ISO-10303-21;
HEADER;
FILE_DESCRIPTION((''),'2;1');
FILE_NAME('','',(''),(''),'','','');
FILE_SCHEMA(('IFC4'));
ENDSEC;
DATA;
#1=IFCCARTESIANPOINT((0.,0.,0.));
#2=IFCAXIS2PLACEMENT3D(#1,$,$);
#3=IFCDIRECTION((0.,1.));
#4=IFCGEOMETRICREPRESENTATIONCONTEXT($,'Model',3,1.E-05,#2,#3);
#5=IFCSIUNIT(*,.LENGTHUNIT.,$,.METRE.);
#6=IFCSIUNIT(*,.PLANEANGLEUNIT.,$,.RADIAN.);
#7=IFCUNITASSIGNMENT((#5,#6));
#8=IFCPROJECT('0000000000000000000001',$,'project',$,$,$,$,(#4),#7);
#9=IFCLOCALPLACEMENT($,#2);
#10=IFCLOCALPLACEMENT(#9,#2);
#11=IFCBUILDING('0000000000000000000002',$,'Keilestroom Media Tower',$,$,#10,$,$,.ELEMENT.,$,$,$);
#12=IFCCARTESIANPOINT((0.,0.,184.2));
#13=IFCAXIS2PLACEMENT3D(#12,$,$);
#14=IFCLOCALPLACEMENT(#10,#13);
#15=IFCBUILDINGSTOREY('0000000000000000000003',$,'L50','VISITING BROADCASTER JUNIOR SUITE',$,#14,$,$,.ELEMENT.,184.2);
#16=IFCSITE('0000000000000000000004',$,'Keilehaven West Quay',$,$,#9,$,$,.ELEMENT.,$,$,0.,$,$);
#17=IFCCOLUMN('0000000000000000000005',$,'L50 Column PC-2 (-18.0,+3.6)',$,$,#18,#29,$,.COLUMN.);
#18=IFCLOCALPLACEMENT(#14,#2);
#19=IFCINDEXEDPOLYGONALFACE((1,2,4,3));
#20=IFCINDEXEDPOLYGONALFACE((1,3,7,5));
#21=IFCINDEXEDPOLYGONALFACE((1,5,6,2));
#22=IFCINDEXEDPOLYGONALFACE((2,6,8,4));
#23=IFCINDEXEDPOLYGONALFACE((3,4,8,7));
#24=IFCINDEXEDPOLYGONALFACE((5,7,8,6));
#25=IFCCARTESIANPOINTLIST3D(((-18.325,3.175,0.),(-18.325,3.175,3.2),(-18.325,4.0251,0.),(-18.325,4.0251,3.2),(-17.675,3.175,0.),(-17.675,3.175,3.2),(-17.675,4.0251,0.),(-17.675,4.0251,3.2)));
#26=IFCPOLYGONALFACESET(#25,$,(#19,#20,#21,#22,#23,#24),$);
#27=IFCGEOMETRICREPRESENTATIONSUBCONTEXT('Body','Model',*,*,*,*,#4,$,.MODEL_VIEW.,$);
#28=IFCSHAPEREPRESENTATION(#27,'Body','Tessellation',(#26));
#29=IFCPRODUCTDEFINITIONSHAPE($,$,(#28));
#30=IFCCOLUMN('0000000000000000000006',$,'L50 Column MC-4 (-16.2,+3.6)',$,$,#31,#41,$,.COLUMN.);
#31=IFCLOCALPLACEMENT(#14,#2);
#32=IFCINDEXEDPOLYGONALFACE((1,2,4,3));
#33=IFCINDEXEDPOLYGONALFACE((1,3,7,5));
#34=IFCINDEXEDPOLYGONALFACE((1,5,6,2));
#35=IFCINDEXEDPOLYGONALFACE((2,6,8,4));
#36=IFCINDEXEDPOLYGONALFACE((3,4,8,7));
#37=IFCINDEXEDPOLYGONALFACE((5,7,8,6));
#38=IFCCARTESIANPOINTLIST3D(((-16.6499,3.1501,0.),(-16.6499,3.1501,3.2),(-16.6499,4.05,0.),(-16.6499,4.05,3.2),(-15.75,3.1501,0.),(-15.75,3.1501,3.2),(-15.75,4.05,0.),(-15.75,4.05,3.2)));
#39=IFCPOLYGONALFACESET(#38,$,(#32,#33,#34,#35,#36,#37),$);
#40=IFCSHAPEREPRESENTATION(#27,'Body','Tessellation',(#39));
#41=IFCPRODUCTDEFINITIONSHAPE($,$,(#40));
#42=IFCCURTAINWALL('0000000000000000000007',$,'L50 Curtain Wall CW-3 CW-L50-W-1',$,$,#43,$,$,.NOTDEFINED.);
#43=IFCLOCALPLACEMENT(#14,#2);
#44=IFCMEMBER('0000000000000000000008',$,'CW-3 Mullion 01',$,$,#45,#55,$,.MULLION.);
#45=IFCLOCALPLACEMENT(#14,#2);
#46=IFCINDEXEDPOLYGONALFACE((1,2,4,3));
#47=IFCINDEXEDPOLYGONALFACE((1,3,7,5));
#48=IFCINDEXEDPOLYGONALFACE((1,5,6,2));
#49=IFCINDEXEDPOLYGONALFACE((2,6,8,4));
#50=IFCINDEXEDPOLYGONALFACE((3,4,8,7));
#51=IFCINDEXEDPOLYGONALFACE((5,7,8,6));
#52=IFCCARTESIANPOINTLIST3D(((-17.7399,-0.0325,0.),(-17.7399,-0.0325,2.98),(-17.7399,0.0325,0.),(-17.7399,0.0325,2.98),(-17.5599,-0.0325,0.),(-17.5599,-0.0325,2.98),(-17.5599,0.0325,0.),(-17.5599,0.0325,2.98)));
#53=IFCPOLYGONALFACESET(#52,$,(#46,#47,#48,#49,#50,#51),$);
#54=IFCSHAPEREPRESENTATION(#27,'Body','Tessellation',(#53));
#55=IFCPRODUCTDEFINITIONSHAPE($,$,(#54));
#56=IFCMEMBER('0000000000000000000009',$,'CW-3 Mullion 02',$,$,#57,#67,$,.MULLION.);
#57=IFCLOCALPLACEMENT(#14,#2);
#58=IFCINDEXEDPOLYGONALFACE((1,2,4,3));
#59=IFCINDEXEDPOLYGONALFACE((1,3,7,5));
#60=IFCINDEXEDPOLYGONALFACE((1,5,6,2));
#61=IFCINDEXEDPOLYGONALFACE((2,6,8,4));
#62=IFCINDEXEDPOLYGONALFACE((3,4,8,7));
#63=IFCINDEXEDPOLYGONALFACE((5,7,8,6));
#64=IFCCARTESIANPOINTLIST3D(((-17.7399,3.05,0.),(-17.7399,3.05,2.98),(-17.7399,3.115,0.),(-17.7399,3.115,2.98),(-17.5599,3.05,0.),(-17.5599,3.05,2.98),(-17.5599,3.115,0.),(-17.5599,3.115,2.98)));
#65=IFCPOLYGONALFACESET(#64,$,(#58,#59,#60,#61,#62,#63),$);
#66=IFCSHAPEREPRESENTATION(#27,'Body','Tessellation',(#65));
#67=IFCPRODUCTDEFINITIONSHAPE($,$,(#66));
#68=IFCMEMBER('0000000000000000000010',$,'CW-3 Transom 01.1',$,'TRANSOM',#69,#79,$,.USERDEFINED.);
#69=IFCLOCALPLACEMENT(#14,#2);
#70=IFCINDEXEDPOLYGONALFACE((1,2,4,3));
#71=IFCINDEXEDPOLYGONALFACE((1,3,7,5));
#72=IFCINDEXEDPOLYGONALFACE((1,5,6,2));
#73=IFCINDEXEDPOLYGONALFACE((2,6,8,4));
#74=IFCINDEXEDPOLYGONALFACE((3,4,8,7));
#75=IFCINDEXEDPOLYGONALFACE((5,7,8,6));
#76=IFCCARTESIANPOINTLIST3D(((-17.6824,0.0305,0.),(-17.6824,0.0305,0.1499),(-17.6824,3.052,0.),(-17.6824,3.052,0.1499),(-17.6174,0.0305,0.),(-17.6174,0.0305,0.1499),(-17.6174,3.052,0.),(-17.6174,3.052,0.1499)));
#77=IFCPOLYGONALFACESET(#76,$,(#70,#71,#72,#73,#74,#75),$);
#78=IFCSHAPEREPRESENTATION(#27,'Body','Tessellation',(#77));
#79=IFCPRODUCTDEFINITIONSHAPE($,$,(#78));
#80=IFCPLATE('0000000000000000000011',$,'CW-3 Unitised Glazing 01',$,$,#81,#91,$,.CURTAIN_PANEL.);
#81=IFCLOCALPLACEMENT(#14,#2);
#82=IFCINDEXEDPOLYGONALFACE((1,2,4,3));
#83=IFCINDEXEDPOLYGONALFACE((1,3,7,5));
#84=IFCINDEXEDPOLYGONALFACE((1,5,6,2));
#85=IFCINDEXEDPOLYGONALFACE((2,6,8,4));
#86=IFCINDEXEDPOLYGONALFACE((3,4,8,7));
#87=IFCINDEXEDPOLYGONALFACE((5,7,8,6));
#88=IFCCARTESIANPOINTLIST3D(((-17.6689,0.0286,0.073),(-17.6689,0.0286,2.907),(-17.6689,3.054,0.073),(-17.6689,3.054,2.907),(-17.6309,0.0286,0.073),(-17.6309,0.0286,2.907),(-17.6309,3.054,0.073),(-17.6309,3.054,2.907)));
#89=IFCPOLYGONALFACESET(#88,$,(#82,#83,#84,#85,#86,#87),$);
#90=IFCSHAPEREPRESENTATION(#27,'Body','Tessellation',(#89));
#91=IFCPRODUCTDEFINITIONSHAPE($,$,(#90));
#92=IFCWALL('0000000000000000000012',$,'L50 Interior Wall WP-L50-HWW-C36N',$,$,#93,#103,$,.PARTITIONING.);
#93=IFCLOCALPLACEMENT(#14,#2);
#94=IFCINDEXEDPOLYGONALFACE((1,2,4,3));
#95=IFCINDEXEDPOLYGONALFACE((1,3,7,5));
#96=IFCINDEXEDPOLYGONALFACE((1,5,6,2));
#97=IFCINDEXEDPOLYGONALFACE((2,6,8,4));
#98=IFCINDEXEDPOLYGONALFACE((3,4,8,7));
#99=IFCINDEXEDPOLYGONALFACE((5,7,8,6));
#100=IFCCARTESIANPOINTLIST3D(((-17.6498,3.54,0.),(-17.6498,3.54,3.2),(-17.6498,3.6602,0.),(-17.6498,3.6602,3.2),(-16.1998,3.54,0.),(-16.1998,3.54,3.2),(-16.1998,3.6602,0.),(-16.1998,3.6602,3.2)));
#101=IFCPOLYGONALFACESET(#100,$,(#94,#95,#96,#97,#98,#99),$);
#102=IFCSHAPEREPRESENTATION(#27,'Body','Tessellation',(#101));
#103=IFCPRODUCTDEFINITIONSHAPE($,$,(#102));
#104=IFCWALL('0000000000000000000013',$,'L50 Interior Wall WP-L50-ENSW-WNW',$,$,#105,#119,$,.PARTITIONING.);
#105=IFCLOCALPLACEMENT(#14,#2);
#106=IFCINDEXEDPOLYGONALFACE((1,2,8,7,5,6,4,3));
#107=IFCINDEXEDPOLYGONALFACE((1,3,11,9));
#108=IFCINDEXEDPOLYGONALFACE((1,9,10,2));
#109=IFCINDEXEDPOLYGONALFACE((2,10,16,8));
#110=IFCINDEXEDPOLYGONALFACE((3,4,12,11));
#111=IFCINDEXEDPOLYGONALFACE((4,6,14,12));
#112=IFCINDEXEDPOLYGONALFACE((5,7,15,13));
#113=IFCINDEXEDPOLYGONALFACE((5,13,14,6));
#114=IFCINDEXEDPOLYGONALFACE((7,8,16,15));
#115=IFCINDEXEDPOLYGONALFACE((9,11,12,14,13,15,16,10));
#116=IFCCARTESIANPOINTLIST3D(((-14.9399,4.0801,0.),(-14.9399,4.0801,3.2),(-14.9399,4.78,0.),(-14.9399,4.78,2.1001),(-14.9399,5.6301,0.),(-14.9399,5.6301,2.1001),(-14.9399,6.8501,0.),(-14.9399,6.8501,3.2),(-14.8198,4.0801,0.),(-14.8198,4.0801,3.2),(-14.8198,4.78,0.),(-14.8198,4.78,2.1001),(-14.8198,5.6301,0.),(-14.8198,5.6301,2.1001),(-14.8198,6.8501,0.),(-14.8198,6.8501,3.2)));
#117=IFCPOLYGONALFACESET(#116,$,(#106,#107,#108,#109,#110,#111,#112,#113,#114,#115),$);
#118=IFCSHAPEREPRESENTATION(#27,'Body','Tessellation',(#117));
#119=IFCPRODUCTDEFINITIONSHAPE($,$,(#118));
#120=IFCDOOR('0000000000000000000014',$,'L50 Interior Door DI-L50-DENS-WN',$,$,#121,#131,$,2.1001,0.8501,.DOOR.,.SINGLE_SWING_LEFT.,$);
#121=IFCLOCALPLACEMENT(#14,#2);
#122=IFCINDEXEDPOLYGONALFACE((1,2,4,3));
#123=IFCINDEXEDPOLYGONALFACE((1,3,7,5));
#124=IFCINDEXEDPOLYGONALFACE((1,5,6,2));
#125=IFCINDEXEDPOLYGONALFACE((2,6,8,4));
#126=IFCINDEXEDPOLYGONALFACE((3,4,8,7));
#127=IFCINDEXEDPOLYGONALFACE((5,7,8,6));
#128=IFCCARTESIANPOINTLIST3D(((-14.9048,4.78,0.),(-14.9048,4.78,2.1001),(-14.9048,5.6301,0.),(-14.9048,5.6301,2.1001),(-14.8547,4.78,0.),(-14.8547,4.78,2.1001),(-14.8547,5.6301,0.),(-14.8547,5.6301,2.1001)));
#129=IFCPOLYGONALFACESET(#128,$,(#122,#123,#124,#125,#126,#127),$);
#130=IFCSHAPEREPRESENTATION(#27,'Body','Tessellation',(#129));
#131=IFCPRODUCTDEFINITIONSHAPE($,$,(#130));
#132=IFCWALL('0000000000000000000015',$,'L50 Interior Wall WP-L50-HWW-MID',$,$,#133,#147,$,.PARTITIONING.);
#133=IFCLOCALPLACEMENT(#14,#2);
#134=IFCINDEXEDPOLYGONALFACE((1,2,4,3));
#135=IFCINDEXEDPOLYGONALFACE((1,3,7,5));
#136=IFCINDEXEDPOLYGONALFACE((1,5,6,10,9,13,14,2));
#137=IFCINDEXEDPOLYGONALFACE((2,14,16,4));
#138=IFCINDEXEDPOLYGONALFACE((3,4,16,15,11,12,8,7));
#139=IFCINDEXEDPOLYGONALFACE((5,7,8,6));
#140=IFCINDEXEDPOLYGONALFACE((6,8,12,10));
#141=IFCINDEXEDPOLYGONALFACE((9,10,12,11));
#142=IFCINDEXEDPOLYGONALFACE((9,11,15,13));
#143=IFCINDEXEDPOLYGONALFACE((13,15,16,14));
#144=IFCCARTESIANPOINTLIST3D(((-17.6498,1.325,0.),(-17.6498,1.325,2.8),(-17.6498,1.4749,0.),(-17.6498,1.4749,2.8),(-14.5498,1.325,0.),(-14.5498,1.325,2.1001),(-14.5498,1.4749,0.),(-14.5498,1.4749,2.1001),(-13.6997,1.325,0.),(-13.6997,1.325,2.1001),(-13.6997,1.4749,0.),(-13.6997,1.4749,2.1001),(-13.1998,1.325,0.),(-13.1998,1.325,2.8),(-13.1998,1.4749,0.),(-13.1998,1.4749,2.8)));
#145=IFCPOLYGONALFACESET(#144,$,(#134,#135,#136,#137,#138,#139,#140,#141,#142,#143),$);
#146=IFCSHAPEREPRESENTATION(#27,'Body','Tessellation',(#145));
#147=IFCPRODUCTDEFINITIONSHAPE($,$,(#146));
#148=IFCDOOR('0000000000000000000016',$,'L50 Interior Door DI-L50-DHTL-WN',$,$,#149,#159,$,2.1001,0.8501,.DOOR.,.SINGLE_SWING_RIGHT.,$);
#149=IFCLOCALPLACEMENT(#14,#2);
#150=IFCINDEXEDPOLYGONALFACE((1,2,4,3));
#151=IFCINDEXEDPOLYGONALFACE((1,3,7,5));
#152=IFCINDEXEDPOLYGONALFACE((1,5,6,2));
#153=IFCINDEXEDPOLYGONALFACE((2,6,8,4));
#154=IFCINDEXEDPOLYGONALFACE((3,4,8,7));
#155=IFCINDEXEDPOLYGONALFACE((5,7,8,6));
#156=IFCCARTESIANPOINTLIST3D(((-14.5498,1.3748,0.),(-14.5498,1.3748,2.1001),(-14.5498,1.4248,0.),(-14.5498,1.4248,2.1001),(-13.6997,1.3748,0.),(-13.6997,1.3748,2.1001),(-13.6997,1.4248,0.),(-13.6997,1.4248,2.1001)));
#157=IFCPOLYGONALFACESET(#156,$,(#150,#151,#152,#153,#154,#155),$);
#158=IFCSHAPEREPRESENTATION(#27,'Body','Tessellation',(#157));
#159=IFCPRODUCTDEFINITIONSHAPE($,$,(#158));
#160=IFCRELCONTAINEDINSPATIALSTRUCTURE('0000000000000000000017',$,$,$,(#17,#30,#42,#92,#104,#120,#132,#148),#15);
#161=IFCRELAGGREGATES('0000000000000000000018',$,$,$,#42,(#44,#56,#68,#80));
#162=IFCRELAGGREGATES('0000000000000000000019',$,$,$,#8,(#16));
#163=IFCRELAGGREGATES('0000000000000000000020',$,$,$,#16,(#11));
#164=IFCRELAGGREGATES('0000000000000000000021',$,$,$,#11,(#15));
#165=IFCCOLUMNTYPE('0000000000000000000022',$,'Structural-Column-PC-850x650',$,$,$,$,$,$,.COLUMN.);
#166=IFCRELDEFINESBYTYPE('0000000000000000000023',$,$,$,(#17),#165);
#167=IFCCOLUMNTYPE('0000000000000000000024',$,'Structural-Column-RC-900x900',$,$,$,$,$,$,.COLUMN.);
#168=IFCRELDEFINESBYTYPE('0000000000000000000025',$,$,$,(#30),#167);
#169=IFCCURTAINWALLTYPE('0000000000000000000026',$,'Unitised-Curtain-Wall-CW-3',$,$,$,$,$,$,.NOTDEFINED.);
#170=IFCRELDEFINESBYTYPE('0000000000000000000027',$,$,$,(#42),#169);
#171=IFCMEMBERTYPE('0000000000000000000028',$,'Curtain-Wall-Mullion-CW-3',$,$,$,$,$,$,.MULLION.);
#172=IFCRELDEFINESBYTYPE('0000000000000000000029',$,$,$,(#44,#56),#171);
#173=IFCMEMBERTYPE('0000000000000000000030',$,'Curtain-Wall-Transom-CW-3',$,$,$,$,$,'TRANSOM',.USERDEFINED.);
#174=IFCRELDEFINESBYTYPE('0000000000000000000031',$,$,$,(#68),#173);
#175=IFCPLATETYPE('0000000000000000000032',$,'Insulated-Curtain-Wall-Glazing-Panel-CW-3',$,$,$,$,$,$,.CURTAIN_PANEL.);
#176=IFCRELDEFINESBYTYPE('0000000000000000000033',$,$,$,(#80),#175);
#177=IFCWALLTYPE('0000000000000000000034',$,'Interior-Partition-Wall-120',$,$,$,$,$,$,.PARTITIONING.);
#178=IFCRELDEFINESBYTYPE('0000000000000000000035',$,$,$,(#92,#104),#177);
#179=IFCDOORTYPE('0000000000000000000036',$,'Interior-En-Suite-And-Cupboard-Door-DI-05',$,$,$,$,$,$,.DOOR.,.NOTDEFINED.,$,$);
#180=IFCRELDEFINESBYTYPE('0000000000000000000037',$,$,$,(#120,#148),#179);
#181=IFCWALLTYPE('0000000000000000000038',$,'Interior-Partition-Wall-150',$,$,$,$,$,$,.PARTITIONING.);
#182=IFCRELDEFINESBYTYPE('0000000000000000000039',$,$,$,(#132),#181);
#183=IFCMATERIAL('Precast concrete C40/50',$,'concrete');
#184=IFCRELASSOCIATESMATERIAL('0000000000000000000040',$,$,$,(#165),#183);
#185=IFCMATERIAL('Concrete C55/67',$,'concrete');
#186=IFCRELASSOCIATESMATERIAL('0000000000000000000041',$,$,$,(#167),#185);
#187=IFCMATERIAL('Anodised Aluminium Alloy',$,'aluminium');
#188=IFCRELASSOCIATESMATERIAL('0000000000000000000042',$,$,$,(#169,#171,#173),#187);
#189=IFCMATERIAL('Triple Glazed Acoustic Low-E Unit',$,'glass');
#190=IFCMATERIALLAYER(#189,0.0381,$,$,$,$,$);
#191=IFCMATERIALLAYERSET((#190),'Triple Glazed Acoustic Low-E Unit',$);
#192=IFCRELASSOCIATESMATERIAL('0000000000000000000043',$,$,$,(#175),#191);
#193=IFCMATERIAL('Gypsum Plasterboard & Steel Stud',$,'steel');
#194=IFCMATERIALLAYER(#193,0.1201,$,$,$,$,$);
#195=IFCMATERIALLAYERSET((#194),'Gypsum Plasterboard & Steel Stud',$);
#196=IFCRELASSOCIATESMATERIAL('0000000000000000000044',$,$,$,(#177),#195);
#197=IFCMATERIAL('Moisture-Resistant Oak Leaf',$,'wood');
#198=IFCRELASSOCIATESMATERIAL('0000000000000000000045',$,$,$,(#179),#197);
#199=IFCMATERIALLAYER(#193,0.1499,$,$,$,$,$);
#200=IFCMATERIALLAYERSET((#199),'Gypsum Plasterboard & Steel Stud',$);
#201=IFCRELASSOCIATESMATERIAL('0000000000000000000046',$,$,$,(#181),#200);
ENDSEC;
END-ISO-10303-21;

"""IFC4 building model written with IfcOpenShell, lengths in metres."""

from ifc_helpers import new_model, si_unit, direction, frame, frame_2d, origin, origin_2d, place, context, subcontext, project, spatial, rectangle, extrude, source, transform, mapped, material, layer, layer_set, material_profile, profile_set, type_object, element, fill, aggregate, save


model = new_model("IFC4")

# Units and contexts
model_context = context("Model", 3, precision=1e-05, world=origin(), true_north=direction((0.0, 1.0)))
body_context = subcontext(model_context, "Body", "Model", "MODEL_VIEW")
ifc_project = project(units=[si_unit("LENGTHUNIT", "METRE"), si_unit("PLANEANGLEUNIT", "RADIAN")], contexts=[model_context])

# Site, building, storey
site_placement = place(None, origin())
site = spatial("IfcSite", under=ifc_project, at=site_placement, Name="Keilehaven West Quay", CompositionType="ELEMENT", RefElevation=0.0)
building_placement = place(site_placement, origin())
building = spatial("IfcBuilding", under=site, at=building_placement, Name="Keilestroom Media Tower", CompositionType="ELEMENT")
storey_placement = place(building_placement, frame((0.0, 0.0, 184.2)))
storey = spatial("IfcBuildingStorey", under=building, at=storey_placement, Name="L50", Description="VISITING BROADCASTER JUNIOR SUITE", CompositionType="ELEMENT", Elevation=184.2)

# Columns
ifc_material_1 = material(Name="Precast concrete C40/50", Category="concrete")
ifc_material_profile_1 = material_profile(ifc_material_1, rectangle(XDim=0.6499, YDim=0.8501, at=origin_2d()), Name="PC 850x650")
ifc_profile_set_1 = profile_set([ifc_material_profile_1], Name="Precast concrete C40/50")
column_type_1 = type_object("IfcColumnType", Name="Structural-Column-PC-850x650", PredefinedType="COLUMN", material=ifc_profile_set_1)
shared_shape_1 = source(origin(), body_context, "Body", "SweptSolid", [
    extrude(rectangle(XDim=0.6499, YDim=0.8501, at=origin_2d()), origin(), (0.0, 0.0, 1.0), 3.2),
])
column_1_placement = place(storey_placement, frame((-18.0, 3.6001, 0.0), z_axis=(0.0, 0.0, 1.0), x_axis=(1.0, 0.0, 0.0)))
element("IfcColumn", 1, at=column_1_placement, inside=storey, type_object=column_type_1, Name="L50 Column PC-2 (-18.0,+3.6)", PredefinedType="COLUMN", context=body_context, shape_type="MappedRepresentation", body=[
    mapped(shared_shape_1, transform((0.0, 0.0, 0.0), x_axis=(1.0, 0.0, 0.0), y_axis=(0.0, 1.0, 0.0), z_axis=(0.0, 0.0, 1.0), scale=1.0)),
])
ifc_material_2 = material(Name="Concrete C55/67", Category="concrete")
ifc_material_profile_2 = material_profile(ifc_material_2, rectangle(XDim=0.8999, YDim=0.8999, at=origin_2d()), Name="RC 900x900")
ifc_profile_set_2 = profile_set([ifc_material_profile_2], Name="Concrete C55/67")
column_type_2 = type_object("IfcColumnType", Name="Structural-Column-RC-900x900", PredefinedType="COLUMN", material=ifc_profile_set_2)
shared_shape_2 = source(origin(), body_context, "Body", "SweptSolid", [
    extrude(rectangle(XDim=0.8999, YDim=0.8999, at=origin_2d()), origin(), (0.0, 0.0, 1.0), 3.2),
])
column_2_placement = place(storey_placement, frame((-16.2, 3.6001, 0.0), z_axis=(0.0, 0.0, 1.0), x_axis=(1.0, 0.0, 0.0)))
element("IfcColumn", 2, at=column_2_placement, inside=storey, type_object=column_type_2, Name="L50 Column MC-4 (-16.2,+3.6)", PredefinedType="COLUMN", context=body_context, shape_type="MappedRepresentation", body=[
    mapped(shared_shape_2, transform((0.0, 0.0, 0.0), x_axis=(1.0, 0.0, 0.0), y_axis=(0.0, 1.0, 0.0), z_axis=(0.0, 0.0, 1.0), scale=1.0)),
])

# Curtain wall, members, plate
ifc_material_3 = material(Name="Anodised Aluminium Alloy", Category="aluminium")
curtain_wall_type = type_object("IfcCurtainWallType", Name="Unitised-Curtain-Wall-CW-3", PredefinedType="NOTDEFINED", material=ifc_material_3)
curtain_wall_placement = place(storey_placement, origin())
curtain_wall = element("IfcCurtainWall", 3, at=curtain_wall_placement, inside=storey, type_object=curtain_wall_type, Name="L50 Curtain Wall CW-3 CW-L50-W-1", PredefinedType="NOTDEFINED")
ifc_material_profile_3 = material_profile(ifc_material_3, rectangle(XDim=0.0649, YDim=0.1799, at=origin_2d()), Name="ALU MULLION 65x180")
ifc_profile_set_3 = profile_set([ifc_material_profile_3], Name="Anodised Aluminium Alloy")
member_type_1 = type_object("IfcMemberType", Name="Curtain-Wall-Mullion-CW-3", PredefinedType="MULLION", material=ifc_profile_set_3)
shared_shape_3 = source(origin(), body_context, "Body", "SweptSolid", [
    extrude(rectangle(XDim=0.0649, YDim=0.1799, at=origin_2d()), origin(), (0.0, 0.0, 1.0), 2.98),
])
member_1_placement = place(storey_placement, frame((-17.6499, 0.0, 0.0), z_axis=(0.0, 0.0, 1.0), x_axis=(0.0, 1.0, 0.0)))
member_1 = element("IfcMember", 4, at=member_1_placement, type_object=member_type_1, Name="CW-3 Mullion 01", PredefinedType="MULLION", context=body_context, shape_type="MappedRepresentation", body=[
    mapped(shared_shape_3, transform((0.0, 0.0, 0.0), x_axis=(1.0, 0.0, 0.0), y_axis=(0.0, 1.0, 0.0), z_axis=(0.0, 0.0, 1.0), scale=1.0)),
])
member_2_placement = place(storey_placement, frame((-17.6499, 3.0825, 0.0), z_axis=(0.0, 0.0, 1.0), x_axis=(0.0, 1.0, 0.0)))
member_2 = element("IfcMember", 5, at=member_2_placement, type_object=member_type_1, Name="CW-3 Mullion 02", PredefinedType="MULLION", context=body_context, shape_type="MappedRepresentation", body=[
    mapped(shared_shape_3, transform((0.0, 0.0, 0.0), x_axis=(1.0, 0.0, 0.0), y_axis=(0.0, 1.0, 0.0), z_axis=(0.0, 0.0, 1.0), scale=1.0)),
])
ifc_material_profile_4 = material_profile(ifc_material_3, rectangle(XDim=0.0649, YDim=0.1499, at=origin_2d()), Name="ALU TRANSOM 65x150")
ifc_profile_set_4 = profile_set([ifc_material_profile_4], Name="Anodised Aluminium Alloy")
member_type_2 = type_object("IfcMemberType", Name="Curtain-Wall-Transom-CW-3", ElementType="TRANSOM", PredefinedType="USERDEFINED", material=ifc_profile_set_4)
shared_shape_4 = source(origin(), body_context, "Body", "SweptSolid", [
    extrude(rectangle(XDim=0.0649, YDim=0.1499, at=origin_2d()), origin(), (0.0, 0.0, 1.0), 3.0215),
])
member_3_placement = place(storey_placement, frame((-17.6499, 0.0305, 0.075), z_axis=(0.0, 1.0, 0.0), x_axis=(-1.0, 0.0, 0.0)))
member_3 = element("IfcMember", 6, at=member_3_placement, type_object=member_type_2, Name="CW-3 Transom 01.1", ObjectType="TRANSOM", PredefinedType="USERDEFINED", context=body_context, shape_type="MappedRepresentation", body=[
    mapped(shared_shape_4, transform((0.0, 0.0, 0.0), x_axis=(1.0, 0.0, 0.0), y_axis=(0.0, 1.0, 0.0), z_axis=(0.0, 0.0, 1.0), scale=1.0)),
])
ifc_material_4 = material(Name="Triple Glazed Acoustic Low-E Unit", Category="glass")
ifc_layer_1 = layer(ifc_material_4, 0.0381)
ifc_layer_set_1 = layer_set([ifc_layer_1], Name="Triple Glazed Acoustic Low-E Unit")
plate_type = type_object("IfcPlateType", Name="Insulated-Curtain-Wall-Glazing-Panel-CW-3", PredefinedType="CURTAIN_PANEL", material=ifc_layer_set_1)
shared_shape_5 = source(origin(), body_context, "Body", "SweptSolid", [
    extrude(rectangle(XDim=3.0254, YDim=0.0381, at=origin_2d()), origin(), (0.0, 0.0, 1.0), 2.834),
])
plate_placement = place(storey_placement, frame((-17.6499, 1.5413, 0.073), z_axis=(0.0, 0.0, 1.0), x_axis=(0.0, 1.0, 0.0)))
plate = element("IfcPlate", 7, at=plate_placement, type_object=plate_type, Name="CW-3 Unitised Glazing 01", PredefinedType="CURTAIN_PANEL", context=body_context, shape_type="MappedRepresentation", body=[
    mapped(shared_shape_5, transform((0.0, 0.0, 0.0), x_axis=(1.0, 0.0, 0.0), y_axis=(0.0, 1.0, 0.0), z_axis=(0.0, 0.0, 1.0), scale=1.0)),
])
aggregate(curtain_wall, [member_1, member_2, member_3, plate])

# Wall
ifc_material_5 = material(Name="Gypsum Plasterboard & Steel Stud", Category="steel")
ifc_layer_2 = layer(ifc_material_5, 0.1201)
ifc_layer_set_2 = layer_set([ifc_layer_2], Name="Gypsum Plasterboard & Steel Stud")
wall_type_1 = type_object("IfcWallType", Name="Interior-Partition-Wall-120", PredefinedType="PARTITIONING", material=ifc_layer_set_2)
wall_1_placement = place(storey_placement, frame((-17.6499, 3.6001, 0.0), z_axis=(0.0, 0.0, 1.0), x_axis=(1.0, 0.0, 0.0)))
element("IfcWall", 8, at=wall_1_placement, inside=storey, type_object=wall_type_1, Name="L50 Interior Wall WP-L50-HWW-C36N", PredefinedType="PARTITIONING", context=body_context, shape_type="SweptSolid", body=[
    extrude(rectangle(XDim=1.45, YDim=0.1201, at=frame_2d((0.7251, 0.0))), origin(), (0.0, 0.0, 1.0), 3.2),
])

# Walls, openings, doors
wall_2_placement = place(storey_placement, frame((-14.8799, 4.0801, 0.0), z_axis=(0.0, 0.0, 1.0), x_axis=(0.0, 1.0, 0.0)))
wall_2 = element("IfcWall", 9, at=wall_2_placement, inside=storey, type_object=wall_type_1, Name="L50 Interior Wall WP-L50-ENSW-WNW", PredefinedType="PARTITIONING", context=body_context, shape_type="SweptSolid", body=[
    extrude(rectangle(XDim=2.77, YDim=0.1201, at=frame_2d((1.385, 0.0))), origin(), (0.0, 0.0, 1.0), 3.2),
])
opening_1_placement = place(wall_2_placement, frame((0.7, 0.0, 0.0)))
opening_1 = element("IfcOpeningElement", 10, at=opening_1_placement, cuts=wall_2, PredefinedType="OPENING", context=body_context, shape_type="SweptSolid", body=[
    extrude(rectangle(XDim=0.8501, YDim=2.1001, at=frame_2d((0.425, 1.05))), frame((0.0, 0.0701, 0.0), z_axis=(0.0, -1.0, 0.0), x_axis=(1.0, 0.0, 0.0)), (0.0, 0.0, 1.0), 0.1401),
])
ifc_material_6 = material(Name="Moisture-Resistant Oak Leaf", Category="wood")
door_type = type_object("IfcDoorType", Name="Interior-En-Suite-And-Cupboard-Door-DI-05", OperationType="NOTDEFINED", PredefinedType="DOOR", material=ifc_material_6)
shared_shape_6 = source(origin(), body_context, "Body", "SweptSolid", [
    extrude(rectangle(XDim=0.8501, YDim=2.1001, at=frame_2d((0.425, 1.05))), frame((0.0, 0.0249, 0.0), z_axis=(0.0, -1.0, 0.0), x_axis=(1.0, 0.0, 0.0)), (0.0, 0.0, 1.0), 0.05),
])
door_1_placement = place(opening_1_placement, origin())
door_1 = element("IfcDoor", 11, at=door_1_placement, inside=storey, type_object=door_type, Name="L50 Interior Door DI-L50-DENS-WN", OperationType="SINGLE_SWING_LEFT", OverallHeight=2.1001, OverallWidth=0.8501, PredefinedType="DOOR", context=body_context, shape_type="MappedRepresentation", body=[
    mapped(shared_shape_6, transform((0.0, 0.0, 0.0), x_axis=(1.0, 0.0, 0.0), y_axis=(0.0, 1.0, 0.0), z_axis=(0.0, 0.0, 1.0), scale=1.0)),
])
fill(opening_1, door_1)
ifc_layer_3 = layer(ifc_material_5, 0.1499)
ifc_layer_set_3 = layer_set([ifc_layer_3], Name="Gypsum Plasterboard & Steel Stud")
wall_type_2 = type_object("IfcWallType", Name="Interior-Partition-Wall-150", PredefinedType="PARTITIONING", material=ifc_layer_set_3)
wall_3_placement = place(storey_placement, frame((-17.6499, 1.3999, 0.0), z_axis=(0.0, 0.0, 1.0), x_axis=(1.0, 0.0, 0.0)))
wall_3 = element("IfcWall", 12, at=wall_3_placement, inside=storey, type_object=wall_type_2, Name="L50 Interior Wall WP-L50-HWW-MID", PredefinedType="PARTITIONING", context=body_context, shape_type="SweptSolid", body=[
    extrude(rectangle(XDim=4.45, YDim=0.1499, at=frame_2d((2.2251, 0.0))), origin(), (0.0, 0.0, 1.0), 2.8),
])
opening_2_placement = place(wall_3_placement, frame((3.1001, 0.0, 0.0)))
opening_2 = element("IfcOpeningElement", 13, at=opening_2_placement, cuts=wall_3, PredefinedType="OPENING", context=body_context, shape_type="SweptSolid", body=[
    extrude(rectangle(XDim=0.8501, YDim=2.1001, at=frame_2d((0.425, 1.05))), frame((0.0, 0.085, 0.0), z_axis=(0.0, -1.0, 0.0), x_axis=(1.0, 0.0, 0.0)), (0.0, 0.0, 1.0), 0.1699),
])
door_2_placement = place(opening_2_placement, origin())
door_2 = element("IfcDoor", 14, at=door_2_placement, inside=storey, type_object=door_type, Name="L50 Interior Door DI-L50-DHTL-WN", OperationType="SINGLE_SWING_RIGHT", OverallHeight=2.1001, OverallWidth=0.8501, PredefinedType="DOOR", context=body_context, shape_type="MappedRepresentation", body=[
    mapped(shared_shape_6, transform((0.0, 0.0, 0.0), x_axis=(1.0, 0.0, 0.0), y_axis=(0.0, 1.0, 0.0), z_axis=(0.0, 0.0, 1.0), scale=1.0)),
])
fill(opening_2, door_2)

save(model, "model.ifc")
